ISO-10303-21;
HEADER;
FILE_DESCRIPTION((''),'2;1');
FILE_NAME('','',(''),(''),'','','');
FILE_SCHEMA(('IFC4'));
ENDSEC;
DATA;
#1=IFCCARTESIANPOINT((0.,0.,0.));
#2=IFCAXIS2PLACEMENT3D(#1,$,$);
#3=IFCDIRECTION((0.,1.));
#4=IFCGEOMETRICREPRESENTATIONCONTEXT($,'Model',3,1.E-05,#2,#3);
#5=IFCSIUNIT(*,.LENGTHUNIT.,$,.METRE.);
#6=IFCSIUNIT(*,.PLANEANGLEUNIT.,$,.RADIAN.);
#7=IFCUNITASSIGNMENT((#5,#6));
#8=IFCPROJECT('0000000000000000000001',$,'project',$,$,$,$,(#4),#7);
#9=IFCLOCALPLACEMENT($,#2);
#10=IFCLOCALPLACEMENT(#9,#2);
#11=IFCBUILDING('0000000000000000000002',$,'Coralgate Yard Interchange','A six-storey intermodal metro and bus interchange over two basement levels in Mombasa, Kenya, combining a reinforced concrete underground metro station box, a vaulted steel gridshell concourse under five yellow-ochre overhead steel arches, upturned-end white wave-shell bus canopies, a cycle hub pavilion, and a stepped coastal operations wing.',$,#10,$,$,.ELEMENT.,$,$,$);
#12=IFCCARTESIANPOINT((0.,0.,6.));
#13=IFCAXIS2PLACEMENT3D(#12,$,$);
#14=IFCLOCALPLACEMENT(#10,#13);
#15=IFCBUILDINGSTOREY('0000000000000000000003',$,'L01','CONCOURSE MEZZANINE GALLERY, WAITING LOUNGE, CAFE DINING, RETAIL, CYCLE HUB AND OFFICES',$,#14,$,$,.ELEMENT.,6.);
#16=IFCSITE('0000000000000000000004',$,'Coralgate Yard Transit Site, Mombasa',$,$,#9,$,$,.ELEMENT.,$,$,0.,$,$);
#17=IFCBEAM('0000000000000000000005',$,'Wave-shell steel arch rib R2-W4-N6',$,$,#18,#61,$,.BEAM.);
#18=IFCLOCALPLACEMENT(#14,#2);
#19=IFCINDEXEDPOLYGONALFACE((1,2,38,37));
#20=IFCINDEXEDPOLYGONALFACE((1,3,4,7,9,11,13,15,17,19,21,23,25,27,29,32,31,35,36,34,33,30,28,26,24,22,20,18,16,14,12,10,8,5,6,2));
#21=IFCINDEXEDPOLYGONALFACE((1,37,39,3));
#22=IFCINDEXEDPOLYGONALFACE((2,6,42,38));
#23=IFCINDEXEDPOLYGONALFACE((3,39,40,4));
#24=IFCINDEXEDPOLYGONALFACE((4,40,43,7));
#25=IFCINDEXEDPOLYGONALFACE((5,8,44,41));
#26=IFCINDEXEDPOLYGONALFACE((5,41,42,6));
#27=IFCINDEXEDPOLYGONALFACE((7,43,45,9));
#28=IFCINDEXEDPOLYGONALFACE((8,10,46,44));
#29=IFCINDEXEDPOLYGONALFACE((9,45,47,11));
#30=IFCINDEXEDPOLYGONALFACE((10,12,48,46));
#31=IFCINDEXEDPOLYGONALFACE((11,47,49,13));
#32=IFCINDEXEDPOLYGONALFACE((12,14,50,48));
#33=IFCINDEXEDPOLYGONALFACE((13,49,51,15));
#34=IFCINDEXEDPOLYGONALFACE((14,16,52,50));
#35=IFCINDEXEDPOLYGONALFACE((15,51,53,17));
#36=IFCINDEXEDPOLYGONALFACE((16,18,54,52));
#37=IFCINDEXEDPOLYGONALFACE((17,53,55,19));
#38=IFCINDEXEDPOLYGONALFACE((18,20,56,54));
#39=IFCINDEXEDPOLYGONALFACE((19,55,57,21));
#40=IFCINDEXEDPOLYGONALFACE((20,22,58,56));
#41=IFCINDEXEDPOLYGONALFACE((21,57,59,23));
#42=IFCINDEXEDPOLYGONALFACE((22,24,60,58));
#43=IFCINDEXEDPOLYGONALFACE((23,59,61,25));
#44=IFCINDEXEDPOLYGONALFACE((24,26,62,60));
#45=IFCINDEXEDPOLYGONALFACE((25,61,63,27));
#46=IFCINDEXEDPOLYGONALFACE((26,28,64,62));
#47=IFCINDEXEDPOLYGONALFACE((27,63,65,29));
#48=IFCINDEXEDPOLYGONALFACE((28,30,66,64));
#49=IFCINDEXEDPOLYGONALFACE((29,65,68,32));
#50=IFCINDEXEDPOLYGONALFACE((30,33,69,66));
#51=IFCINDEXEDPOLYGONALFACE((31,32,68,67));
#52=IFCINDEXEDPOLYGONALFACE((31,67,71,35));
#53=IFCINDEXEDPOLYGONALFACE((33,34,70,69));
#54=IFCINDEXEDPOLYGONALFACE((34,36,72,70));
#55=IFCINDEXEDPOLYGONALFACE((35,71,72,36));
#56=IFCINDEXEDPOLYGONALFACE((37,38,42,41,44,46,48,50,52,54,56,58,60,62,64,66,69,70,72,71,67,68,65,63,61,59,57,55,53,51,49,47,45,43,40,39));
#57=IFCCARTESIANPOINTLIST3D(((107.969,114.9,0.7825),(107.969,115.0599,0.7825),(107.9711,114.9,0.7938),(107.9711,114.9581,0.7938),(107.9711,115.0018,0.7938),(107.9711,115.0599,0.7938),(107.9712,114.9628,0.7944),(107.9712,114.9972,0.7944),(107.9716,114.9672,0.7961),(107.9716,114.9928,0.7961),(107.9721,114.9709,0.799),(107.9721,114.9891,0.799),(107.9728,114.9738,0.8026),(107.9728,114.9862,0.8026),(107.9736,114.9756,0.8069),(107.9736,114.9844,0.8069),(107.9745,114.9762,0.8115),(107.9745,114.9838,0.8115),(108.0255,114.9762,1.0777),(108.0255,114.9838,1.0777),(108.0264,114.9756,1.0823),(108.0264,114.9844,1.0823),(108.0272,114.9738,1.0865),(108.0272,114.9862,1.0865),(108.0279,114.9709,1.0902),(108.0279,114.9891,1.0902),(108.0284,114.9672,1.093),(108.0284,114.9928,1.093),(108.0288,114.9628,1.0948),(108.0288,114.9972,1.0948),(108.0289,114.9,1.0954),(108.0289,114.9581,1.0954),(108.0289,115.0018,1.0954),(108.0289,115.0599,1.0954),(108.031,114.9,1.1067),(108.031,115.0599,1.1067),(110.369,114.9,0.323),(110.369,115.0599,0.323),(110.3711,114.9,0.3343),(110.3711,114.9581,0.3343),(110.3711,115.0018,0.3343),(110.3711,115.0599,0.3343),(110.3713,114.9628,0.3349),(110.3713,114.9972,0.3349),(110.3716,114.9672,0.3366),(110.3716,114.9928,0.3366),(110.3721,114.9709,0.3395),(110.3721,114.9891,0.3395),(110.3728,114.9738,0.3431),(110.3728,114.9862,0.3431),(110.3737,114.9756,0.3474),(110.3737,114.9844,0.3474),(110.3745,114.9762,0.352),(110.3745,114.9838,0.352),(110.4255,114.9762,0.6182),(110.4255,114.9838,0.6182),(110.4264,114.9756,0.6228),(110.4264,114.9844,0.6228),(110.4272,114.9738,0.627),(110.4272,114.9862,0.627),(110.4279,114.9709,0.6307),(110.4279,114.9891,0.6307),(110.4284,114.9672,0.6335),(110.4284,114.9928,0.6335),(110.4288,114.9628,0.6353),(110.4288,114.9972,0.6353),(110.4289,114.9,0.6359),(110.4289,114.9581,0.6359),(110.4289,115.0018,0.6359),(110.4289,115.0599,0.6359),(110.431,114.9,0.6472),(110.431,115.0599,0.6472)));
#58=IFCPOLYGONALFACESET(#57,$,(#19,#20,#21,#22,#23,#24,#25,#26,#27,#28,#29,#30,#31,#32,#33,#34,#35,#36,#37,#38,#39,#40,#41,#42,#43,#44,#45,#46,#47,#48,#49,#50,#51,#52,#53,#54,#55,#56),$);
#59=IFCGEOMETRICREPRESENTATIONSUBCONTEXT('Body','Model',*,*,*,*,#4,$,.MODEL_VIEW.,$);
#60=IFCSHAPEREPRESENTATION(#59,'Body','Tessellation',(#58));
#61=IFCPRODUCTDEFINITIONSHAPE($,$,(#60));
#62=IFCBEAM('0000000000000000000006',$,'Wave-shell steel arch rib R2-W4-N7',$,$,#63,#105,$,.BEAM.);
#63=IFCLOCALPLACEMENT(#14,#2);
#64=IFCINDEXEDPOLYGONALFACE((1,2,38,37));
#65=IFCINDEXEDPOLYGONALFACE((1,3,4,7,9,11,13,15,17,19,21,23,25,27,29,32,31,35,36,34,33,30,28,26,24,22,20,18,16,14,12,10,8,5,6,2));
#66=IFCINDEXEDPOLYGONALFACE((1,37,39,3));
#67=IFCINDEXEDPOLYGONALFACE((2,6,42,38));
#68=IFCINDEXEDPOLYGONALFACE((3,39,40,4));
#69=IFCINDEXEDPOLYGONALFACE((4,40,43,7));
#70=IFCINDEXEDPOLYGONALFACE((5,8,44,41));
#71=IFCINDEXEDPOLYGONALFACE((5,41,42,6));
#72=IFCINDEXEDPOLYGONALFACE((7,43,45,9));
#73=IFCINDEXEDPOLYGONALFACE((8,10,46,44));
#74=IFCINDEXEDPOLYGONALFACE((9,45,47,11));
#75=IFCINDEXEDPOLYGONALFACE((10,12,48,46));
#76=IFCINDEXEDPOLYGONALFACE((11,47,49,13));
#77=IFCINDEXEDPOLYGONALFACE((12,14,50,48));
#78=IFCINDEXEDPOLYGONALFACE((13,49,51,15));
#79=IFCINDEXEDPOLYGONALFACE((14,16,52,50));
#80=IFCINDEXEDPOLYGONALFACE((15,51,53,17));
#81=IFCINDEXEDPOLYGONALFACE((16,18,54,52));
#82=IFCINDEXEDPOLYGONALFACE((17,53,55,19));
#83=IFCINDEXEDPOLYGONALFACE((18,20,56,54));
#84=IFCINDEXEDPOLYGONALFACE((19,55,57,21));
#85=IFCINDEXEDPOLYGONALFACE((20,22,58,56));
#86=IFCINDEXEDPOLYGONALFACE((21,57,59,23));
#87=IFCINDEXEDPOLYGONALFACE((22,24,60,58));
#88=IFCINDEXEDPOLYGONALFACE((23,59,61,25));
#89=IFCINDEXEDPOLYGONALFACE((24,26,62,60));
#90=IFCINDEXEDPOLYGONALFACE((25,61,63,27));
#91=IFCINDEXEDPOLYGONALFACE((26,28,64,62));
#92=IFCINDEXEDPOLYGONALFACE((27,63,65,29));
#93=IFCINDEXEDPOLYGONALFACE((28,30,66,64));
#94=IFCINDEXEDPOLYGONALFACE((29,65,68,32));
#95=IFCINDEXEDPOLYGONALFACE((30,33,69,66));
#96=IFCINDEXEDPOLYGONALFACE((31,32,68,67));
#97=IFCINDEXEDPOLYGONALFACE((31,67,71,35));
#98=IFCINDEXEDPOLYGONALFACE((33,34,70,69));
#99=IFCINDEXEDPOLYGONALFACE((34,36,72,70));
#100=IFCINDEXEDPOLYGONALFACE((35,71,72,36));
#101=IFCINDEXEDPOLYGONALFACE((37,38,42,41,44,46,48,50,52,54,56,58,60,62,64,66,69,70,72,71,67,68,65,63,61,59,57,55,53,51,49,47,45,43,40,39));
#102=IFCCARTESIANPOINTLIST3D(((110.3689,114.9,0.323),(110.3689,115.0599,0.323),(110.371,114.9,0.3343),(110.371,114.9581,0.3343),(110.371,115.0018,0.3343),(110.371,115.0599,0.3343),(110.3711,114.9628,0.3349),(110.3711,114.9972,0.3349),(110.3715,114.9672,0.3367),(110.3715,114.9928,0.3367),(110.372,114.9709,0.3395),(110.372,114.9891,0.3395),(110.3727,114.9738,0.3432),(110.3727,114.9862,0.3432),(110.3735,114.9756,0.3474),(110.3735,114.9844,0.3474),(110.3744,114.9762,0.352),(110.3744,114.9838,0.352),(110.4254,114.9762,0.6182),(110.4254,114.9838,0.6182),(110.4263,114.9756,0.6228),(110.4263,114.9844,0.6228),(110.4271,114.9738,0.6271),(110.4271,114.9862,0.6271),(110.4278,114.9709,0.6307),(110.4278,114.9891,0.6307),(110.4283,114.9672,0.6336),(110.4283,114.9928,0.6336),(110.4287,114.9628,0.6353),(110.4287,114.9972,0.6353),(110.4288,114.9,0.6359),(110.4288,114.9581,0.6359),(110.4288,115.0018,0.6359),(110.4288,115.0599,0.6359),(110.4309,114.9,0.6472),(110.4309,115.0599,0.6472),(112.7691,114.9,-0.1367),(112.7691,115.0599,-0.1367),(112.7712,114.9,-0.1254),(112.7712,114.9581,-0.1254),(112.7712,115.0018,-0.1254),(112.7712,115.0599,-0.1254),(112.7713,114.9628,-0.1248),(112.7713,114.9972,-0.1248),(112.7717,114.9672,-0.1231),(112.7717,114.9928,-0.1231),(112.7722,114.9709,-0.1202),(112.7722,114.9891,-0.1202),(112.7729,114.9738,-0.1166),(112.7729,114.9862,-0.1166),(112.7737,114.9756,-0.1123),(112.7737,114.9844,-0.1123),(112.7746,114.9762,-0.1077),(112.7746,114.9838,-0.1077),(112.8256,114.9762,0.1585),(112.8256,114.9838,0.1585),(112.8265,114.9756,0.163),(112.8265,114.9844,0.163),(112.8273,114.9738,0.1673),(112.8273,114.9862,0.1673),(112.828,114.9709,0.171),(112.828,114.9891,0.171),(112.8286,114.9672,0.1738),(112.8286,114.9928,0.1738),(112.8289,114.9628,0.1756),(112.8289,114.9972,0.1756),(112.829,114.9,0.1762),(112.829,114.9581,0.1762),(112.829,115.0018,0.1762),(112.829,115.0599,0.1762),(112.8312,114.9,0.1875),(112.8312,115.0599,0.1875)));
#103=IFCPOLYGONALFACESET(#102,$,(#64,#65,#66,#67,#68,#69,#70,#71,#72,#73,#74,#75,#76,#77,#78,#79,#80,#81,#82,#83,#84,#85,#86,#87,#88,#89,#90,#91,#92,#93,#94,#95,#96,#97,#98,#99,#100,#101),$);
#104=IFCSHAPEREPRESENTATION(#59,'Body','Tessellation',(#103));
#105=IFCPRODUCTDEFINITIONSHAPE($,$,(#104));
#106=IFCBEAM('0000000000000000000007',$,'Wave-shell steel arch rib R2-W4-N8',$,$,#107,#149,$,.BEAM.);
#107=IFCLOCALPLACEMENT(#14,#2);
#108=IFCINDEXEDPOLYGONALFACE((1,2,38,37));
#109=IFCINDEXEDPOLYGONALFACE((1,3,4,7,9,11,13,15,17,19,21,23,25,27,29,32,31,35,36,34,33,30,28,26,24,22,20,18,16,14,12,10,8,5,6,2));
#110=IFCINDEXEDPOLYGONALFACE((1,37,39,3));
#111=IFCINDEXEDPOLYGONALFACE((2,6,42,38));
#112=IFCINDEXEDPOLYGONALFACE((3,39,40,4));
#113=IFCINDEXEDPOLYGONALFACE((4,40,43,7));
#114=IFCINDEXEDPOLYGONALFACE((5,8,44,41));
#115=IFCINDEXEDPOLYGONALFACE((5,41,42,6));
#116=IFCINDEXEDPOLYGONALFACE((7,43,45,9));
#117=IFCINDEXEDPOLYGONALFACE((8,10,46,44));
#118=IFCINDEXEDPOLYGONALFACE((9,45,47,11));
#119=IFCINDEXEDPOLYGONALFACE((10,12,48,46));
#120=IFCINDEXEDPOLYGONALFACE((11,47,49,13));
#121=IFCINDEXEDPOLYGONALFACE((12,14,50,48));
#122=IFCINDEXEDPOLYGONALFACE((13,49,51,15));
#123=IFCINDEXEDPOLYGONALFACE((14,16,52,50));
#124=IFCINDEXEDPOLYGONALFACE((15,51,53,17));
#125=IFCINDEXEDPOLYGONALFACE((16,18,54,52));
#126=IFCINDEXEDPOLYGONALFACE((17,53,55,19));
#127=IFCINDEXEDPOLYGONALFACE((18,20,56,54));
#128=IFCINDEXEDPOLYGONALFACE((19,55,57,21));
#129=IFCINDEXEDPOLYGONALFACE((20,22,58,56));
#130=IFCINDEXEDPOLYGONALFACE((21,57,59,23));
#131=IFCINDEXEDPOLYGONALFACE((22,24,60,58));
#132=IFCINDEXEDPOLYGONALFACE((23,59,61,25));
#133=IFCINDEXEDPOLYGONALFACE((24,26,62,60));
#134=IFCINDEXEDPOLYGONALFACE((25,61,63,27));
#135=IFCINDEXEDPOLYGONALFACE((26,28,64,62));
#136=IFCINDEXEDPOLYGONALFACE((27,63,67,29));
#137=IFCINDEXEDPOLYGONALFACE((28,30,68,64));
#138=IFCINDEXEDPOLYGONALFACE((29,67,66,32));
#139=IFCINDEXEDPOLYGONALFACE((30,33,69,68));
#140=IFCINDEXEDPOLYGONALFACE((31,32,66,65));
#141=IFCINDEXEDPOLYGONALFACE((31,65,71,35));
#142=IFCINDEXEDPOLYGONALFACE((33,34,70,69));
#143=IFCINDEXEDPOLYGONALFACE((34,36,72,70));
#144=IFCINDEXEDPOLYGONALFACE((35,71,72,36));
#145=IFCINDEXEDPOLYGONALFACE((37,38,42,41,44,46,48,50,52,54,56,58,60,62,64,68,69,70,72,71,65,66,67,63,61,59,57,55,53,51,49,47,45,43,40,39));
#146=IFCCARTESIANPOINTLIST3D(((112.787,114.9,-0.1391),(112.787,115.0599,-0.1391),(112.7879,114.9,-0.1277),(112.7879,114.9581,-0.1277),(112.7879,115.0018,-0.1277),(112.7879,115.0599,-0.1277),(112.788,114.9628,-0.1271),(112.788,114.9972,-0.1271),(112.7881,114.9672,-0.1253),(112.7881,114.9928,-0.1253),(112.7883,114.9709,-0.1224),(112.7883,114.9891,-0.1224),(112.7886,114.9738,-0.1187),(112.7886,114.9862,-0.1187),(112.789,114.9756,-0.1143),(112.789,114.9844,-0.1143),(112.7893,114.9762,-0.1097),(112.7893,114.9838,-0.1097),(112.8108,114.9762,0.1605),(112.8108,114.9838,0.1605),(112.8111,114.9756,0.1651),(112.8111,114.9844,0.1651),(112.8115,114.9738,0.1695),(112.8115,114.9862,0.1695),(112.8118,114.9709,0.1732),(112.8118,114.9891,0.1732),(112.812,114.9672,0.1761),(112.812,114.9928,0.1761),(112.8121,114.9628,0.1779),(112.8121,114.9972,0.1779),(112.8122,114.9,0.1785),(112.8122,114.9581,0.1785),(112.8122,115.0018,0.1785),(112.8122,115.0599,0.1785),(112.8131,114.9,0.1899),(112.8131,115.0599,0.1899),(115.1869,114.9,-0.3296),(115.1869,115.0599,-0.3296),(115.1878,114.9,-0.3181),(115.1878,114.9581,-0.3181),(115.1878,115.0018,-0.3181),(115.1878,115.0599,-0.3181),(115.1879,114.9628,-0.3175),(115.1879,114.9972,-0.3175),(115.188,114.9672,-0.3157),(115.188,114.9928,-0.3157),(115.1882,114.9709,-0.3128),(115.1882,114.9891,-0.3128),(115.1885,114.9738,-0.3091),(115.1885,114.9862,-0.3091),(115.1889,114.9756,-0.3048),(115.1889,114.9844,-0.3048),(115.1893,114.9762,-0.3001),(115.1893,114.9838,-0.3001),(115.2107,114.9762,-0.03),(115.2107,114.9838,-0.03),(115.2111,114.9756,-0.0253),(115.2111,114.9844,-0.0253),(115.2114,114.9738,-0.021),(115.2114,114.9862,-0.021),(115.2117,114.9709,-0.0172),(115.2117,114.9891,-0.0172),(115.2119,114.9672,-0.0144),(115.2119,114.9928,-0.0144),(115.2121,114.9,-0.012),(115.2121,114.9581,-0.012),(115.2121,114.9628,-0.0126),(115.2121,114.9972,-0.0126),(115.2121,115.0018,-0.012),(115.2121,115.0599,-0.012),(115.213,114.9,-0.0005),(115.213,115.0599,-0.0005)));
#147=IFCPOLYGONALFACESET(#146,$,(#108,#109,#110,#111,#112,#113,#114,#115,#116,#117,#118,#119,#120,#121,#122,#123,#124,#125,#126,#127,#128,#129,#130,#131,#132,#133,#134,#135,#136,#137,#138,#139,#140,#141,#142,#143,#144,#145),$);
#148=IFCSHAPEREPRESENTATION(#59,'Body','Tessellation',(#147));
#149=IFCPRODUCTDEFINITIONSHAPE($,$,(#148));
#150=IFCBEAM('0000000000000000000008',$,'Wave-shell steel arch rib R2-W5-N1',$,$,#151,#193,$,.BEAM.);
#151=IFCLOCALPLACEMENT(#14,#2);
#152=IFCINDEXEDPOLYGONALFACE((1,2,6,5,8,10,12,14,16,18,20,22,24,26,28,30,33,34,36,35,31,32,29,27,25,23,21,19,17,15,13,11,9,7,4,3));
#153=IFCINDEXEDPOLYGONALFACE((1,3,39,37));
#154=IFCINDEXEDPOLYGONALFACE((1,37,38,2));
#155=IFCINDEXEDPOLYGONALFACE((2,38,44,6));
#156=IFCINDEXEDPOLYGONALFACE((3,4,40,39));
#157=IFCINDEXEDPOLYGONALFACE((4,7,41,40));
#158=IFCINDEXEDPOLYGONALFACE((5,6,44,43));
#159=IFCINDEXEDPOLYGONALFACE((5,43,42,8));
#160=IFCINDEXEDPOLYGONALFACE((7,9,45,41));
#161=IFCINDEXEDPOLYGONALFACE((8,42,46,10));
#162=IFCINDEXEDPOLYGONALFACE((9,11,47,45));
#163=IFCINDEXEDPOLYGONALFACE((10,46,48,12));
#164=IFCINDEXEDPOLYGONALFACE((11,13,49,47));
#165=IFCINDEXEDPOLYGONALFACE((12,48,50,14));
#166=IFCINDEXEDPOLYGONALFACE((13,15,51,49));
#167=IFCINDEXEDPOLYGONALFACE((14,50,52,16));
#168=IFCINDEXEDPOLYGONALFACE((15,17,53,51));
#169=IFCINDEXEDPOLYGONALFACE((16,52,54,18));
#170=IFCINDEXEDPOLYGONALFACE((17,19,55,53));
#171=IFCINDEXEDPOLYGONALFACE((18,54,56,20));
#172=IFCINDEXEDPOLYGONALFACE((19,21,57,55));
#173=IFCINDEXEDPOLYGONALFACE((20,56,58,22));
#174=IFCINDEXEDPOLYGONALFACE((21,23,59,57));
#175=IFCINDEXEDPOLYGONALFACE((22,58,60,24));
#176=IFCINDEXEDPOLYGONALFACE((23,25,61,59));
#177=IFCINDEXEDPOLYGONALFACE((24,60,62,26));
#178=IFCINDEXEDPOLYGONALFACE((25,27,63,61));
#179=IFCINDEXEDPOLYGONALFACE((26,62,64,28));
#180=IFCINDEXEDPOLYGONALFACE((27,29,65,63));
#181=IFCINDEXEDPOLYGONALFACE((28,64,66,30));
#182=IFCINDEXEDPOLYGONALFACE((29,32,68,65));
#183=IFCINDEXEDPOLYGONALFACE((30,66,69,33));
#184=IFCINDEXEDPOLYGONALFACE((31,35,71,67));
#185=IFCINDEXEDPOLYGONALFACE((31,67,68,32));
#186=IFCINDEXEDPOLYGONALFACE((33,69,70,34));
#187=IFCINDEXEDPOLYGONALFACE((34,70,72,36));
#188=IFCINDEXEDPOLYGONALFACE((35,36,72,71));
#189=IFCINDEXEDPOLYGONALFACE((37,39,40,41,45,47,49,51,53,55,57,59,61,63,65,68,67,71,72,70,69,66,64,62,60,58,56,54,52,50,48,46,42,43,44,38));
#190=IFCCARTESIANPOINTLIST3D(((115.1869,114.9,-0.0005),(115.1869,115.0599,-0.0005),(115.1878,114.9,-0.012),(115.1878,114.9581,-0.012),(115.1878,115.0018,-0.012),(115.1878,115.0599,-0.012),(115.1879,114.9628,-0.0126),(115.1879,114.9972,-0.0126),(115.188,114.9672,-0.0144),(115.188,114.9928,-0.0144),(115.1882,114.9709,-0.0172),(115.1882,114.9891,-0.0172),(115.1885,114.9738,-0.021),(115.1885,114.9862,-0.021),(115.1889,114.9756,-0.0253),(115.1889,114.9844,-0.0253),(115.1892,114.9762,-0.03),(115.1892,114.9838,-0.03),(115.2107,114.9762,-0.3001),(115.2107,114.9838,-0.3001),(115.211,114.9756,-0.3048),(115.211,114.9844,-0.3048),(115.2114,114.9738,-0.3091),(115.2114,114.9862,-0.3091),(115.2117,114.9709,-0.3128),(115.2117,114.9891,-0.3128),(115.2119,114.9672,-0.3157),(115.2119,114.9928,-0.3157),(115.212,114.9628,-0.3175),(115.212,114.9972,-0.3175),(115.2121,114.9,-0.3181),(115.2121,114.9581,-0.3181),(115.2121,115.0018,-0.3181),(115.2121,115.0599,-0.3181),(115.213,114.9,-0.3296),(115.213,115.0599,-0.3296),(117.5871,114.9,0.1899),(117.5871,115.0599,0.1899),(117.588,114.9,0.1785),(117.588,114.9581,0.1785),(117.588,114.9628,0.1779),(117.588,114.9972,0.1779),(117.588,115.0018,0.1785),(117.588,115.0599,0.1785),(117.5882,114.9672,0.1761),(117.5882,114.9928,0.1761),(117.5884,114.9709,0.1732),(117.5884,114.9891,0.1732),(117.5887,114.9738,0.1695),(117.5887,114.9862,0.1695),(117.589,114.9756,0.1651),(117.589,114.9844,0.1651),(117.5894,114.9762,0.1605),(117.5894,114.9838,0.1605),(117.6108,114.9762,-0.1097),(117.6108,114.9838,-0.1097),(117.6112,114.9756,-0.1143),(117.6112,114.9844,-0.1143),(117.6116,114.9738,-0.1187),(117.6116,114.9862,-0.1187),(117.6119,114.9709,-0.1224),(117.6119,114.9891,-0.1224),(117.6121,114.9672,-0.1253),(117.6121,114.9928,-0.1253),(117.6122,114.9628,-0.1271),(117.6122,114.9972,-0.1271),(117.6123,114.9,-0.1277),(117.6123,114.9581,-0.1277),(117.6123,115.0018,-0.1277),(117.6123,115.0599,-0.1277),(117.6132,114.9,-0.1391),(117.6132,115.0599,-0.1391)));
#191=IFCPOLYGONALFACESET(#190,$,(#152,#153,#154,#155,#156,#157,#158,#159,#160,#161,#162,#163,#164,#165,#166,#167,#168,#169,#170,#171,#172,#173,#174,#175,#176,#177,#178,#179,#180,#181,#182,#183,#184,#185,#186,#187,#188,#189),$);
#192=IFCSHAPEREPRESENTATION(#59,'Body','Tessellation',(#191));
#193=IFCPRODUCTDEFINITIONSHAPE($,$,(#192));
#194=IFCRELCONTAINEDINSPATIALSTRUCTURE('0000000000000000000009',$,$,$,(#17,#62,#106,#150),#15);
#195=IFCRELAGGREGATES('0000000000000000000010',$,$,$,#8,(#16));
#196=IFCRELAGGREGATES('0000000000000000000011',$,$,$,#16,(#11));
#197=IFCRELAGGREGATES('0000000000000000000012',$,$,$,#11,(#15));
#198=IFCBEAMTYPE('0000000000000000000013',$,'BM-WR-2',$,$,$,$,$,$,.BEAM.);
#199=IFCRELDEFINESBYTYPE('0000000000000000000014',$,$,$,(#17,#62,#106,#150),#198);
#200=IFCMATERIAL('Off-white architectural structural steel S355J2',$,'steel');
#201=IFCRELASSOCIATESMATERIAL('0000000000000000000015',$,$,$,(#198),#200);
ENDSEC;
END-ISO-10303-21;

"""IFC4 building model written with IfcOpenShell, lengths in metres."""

from ifc_helpers import new_model, si_unit, direction, frame, origin, origin_2d, place, context, subcontext, project, spatial, i_section, extrude, material, material_profile, profile_set, type_object, element, save


model = new_model("IFC4")

# Units and contexts
model_context = context("Model", 3, precision=1e-05, world=origin(), true_north=direction((0.0, 1.0)))
body_context = subcontext(model_context, "Body", "Model", "MODEL_VIEW")
ifc_project = project(units=[si_unit("LENGTHUNIT", "METRE"), si_unit("PLANEANGLEUNIT", "RADIAN")], contexts=[model_context])

# Site, building, storey
site_placement = place(None, origin())
site = spatial("IfcSite", under=ifc_project, at=site_placement, Name="Coralgate Yard Transit Site, Mombasa", CompositionType="ELEMENT", RefElevation=0.0)
building_placement = place(site_placement, origin())
building = spatial("IfcBuilding", under=site, at=building_placement, Name="Coralgate Yard Interchange", Description="A six-storey intermodal metro and bus interchange over two basement levels in Mombasa, Kenya, combining a reinforced concrete underground metro station box, a vaulted steel gridshell concourse under five yellow-ochre overhead steel arches, upturned-end white wave-shell bus canopies, a cycle hub pavilion, and a stepped coastal operations wing.", CompositionType="ELEMENT")
storey_placement = place(building_placement, frame((0.0, 0.0, 6.0)))
storey = spatial("IfcBuildingStorey", under=building, at=storey_placement, Name="L01", Description="CONCOURSE MEZZANINE GALLERY, WAITING LOUNGE, CAFE DINING, RETAIL, CYCLE HUB AND OFFICES", CompositionType="ELEMENT", Elevation=6.0)

# Beams
ifc_material_1 = material(Name="Off-white architectural structural steel S355J2", Category="steel")
ifc_material_profile_1 = material_profile(ifc_material_1, i_section(OverallWidth=0.1599, OverallDepth=0.3301, WebThickness=0.0076, FlangeThickness=0.0115, FilletRadius=0.0181, at=origin_2d()), Name="IPE 330")
ifc_profile_set_1 = profile_set([ifc_material_profile_1], Name="Off-white architectural structural steel S355J2")
beam_type_1 = type_object("IfcBeamType", Name="BM-WR-2", PredefinedType="BEAM", material=ifc_profile_set_1)
for number, where, z_axis, x_axis, name in (
    (1, (108.0, 114.98, 0.9446), (0.982161, 0.0, -0.188039), (0.0, 1.0, 0.0), "Wave-shell steel arch rib R2-W4-N6"),
):
    element("IfcBeam", number, at=place(storey_placement, frame(where, z_axis=z_axis, x_axis=x_axis)), inside=storey, type_object=beam_type_1, Name=name, PredefinedType="BEAM", context=body_context, shape_type="SweptSolid", body=[
        extrude(i_section(OverallWidth=0.1599, OverallDepth=0.3301, WebThickness=0.0076, FlangeThickness=0.0115, FilletRadius=0.0181, at=origin_2d()), origin(), (0.0, 0.0, 1.0), 2.4436),
    ])
beam_1_placement = place(storey_placement, frame((110.3999, 114.98, 0.4851), z_axis=(0.982147, 0.0, -0.188117), x_axis=(0.0, 1.0, 0.0)))
element("IfcBeam", 2, at=beam_1_placement, inside=storey, type_object=beam_type_1, Name="Wave-shell steel arch rib R2-W4-N7", PredefinedType="BEAM", context=body_context, shape_type="SweptSolid", body=[
    extrude(i_section(OverallWidth=0.1599, OverallDepth=0.3301, WebThickness=0.0076, FlangeThickness=0.0115, FilletRadius=0.0181, at=origin_2d()), origin(), (0.0, 0.0, 1.0), 2.4438),
])
beam_2_placement = place(storey_placement, frame((112.8, 114.98, 0.0254), z_axis=(0.996867, 0.0, -0.0791), x_axis=(0.0, 1.0, 0.0)))
element("IfcBeam", 3, at=beam_2_placement, inside=storey, type_object=beam_type_1, Name="Wave-shell steel arch rib R2-W4-N8", PredefinedType="BEAM", context=body_context, shape_type="SweptSolid", body=[
    extrude(i_section(OverallWidth=0.1599, OverallDepth=0.3301, WebThickness=0.0076, FlangeThickness=0.0115, FilletRadius=0.0181, at=origin_2d()), origin(), (0.0, 0.0, 1.0), 2.4075),
])
beam_3_placement = place(storey_placement, frame((115.2, 114.98, -0.165), z_axis=(0.996867, 0.0, 0.079092), x_axis=(0.0, 1.0, 0.0)))
element("IfcBeam", 4, at=beam_3_placement, inside=storey, type_object=beam_type_1, Name="Wave-shell steel arch rib R2-W5-N1", PredefinedType="BEAM", context=body_context, shape_type="SweptSolid", body=[
    extrude(i_section(OverallWidth=0.1599, OverallDepth=0.3301, WebThickness=0.0076, FlangeThickness=0.0115, FilletRadius=0.0181, at=origin_2d()), origin(), (0.0, 0.0, 1.0), 2.4077),
])

save(model, "model.ifc")
